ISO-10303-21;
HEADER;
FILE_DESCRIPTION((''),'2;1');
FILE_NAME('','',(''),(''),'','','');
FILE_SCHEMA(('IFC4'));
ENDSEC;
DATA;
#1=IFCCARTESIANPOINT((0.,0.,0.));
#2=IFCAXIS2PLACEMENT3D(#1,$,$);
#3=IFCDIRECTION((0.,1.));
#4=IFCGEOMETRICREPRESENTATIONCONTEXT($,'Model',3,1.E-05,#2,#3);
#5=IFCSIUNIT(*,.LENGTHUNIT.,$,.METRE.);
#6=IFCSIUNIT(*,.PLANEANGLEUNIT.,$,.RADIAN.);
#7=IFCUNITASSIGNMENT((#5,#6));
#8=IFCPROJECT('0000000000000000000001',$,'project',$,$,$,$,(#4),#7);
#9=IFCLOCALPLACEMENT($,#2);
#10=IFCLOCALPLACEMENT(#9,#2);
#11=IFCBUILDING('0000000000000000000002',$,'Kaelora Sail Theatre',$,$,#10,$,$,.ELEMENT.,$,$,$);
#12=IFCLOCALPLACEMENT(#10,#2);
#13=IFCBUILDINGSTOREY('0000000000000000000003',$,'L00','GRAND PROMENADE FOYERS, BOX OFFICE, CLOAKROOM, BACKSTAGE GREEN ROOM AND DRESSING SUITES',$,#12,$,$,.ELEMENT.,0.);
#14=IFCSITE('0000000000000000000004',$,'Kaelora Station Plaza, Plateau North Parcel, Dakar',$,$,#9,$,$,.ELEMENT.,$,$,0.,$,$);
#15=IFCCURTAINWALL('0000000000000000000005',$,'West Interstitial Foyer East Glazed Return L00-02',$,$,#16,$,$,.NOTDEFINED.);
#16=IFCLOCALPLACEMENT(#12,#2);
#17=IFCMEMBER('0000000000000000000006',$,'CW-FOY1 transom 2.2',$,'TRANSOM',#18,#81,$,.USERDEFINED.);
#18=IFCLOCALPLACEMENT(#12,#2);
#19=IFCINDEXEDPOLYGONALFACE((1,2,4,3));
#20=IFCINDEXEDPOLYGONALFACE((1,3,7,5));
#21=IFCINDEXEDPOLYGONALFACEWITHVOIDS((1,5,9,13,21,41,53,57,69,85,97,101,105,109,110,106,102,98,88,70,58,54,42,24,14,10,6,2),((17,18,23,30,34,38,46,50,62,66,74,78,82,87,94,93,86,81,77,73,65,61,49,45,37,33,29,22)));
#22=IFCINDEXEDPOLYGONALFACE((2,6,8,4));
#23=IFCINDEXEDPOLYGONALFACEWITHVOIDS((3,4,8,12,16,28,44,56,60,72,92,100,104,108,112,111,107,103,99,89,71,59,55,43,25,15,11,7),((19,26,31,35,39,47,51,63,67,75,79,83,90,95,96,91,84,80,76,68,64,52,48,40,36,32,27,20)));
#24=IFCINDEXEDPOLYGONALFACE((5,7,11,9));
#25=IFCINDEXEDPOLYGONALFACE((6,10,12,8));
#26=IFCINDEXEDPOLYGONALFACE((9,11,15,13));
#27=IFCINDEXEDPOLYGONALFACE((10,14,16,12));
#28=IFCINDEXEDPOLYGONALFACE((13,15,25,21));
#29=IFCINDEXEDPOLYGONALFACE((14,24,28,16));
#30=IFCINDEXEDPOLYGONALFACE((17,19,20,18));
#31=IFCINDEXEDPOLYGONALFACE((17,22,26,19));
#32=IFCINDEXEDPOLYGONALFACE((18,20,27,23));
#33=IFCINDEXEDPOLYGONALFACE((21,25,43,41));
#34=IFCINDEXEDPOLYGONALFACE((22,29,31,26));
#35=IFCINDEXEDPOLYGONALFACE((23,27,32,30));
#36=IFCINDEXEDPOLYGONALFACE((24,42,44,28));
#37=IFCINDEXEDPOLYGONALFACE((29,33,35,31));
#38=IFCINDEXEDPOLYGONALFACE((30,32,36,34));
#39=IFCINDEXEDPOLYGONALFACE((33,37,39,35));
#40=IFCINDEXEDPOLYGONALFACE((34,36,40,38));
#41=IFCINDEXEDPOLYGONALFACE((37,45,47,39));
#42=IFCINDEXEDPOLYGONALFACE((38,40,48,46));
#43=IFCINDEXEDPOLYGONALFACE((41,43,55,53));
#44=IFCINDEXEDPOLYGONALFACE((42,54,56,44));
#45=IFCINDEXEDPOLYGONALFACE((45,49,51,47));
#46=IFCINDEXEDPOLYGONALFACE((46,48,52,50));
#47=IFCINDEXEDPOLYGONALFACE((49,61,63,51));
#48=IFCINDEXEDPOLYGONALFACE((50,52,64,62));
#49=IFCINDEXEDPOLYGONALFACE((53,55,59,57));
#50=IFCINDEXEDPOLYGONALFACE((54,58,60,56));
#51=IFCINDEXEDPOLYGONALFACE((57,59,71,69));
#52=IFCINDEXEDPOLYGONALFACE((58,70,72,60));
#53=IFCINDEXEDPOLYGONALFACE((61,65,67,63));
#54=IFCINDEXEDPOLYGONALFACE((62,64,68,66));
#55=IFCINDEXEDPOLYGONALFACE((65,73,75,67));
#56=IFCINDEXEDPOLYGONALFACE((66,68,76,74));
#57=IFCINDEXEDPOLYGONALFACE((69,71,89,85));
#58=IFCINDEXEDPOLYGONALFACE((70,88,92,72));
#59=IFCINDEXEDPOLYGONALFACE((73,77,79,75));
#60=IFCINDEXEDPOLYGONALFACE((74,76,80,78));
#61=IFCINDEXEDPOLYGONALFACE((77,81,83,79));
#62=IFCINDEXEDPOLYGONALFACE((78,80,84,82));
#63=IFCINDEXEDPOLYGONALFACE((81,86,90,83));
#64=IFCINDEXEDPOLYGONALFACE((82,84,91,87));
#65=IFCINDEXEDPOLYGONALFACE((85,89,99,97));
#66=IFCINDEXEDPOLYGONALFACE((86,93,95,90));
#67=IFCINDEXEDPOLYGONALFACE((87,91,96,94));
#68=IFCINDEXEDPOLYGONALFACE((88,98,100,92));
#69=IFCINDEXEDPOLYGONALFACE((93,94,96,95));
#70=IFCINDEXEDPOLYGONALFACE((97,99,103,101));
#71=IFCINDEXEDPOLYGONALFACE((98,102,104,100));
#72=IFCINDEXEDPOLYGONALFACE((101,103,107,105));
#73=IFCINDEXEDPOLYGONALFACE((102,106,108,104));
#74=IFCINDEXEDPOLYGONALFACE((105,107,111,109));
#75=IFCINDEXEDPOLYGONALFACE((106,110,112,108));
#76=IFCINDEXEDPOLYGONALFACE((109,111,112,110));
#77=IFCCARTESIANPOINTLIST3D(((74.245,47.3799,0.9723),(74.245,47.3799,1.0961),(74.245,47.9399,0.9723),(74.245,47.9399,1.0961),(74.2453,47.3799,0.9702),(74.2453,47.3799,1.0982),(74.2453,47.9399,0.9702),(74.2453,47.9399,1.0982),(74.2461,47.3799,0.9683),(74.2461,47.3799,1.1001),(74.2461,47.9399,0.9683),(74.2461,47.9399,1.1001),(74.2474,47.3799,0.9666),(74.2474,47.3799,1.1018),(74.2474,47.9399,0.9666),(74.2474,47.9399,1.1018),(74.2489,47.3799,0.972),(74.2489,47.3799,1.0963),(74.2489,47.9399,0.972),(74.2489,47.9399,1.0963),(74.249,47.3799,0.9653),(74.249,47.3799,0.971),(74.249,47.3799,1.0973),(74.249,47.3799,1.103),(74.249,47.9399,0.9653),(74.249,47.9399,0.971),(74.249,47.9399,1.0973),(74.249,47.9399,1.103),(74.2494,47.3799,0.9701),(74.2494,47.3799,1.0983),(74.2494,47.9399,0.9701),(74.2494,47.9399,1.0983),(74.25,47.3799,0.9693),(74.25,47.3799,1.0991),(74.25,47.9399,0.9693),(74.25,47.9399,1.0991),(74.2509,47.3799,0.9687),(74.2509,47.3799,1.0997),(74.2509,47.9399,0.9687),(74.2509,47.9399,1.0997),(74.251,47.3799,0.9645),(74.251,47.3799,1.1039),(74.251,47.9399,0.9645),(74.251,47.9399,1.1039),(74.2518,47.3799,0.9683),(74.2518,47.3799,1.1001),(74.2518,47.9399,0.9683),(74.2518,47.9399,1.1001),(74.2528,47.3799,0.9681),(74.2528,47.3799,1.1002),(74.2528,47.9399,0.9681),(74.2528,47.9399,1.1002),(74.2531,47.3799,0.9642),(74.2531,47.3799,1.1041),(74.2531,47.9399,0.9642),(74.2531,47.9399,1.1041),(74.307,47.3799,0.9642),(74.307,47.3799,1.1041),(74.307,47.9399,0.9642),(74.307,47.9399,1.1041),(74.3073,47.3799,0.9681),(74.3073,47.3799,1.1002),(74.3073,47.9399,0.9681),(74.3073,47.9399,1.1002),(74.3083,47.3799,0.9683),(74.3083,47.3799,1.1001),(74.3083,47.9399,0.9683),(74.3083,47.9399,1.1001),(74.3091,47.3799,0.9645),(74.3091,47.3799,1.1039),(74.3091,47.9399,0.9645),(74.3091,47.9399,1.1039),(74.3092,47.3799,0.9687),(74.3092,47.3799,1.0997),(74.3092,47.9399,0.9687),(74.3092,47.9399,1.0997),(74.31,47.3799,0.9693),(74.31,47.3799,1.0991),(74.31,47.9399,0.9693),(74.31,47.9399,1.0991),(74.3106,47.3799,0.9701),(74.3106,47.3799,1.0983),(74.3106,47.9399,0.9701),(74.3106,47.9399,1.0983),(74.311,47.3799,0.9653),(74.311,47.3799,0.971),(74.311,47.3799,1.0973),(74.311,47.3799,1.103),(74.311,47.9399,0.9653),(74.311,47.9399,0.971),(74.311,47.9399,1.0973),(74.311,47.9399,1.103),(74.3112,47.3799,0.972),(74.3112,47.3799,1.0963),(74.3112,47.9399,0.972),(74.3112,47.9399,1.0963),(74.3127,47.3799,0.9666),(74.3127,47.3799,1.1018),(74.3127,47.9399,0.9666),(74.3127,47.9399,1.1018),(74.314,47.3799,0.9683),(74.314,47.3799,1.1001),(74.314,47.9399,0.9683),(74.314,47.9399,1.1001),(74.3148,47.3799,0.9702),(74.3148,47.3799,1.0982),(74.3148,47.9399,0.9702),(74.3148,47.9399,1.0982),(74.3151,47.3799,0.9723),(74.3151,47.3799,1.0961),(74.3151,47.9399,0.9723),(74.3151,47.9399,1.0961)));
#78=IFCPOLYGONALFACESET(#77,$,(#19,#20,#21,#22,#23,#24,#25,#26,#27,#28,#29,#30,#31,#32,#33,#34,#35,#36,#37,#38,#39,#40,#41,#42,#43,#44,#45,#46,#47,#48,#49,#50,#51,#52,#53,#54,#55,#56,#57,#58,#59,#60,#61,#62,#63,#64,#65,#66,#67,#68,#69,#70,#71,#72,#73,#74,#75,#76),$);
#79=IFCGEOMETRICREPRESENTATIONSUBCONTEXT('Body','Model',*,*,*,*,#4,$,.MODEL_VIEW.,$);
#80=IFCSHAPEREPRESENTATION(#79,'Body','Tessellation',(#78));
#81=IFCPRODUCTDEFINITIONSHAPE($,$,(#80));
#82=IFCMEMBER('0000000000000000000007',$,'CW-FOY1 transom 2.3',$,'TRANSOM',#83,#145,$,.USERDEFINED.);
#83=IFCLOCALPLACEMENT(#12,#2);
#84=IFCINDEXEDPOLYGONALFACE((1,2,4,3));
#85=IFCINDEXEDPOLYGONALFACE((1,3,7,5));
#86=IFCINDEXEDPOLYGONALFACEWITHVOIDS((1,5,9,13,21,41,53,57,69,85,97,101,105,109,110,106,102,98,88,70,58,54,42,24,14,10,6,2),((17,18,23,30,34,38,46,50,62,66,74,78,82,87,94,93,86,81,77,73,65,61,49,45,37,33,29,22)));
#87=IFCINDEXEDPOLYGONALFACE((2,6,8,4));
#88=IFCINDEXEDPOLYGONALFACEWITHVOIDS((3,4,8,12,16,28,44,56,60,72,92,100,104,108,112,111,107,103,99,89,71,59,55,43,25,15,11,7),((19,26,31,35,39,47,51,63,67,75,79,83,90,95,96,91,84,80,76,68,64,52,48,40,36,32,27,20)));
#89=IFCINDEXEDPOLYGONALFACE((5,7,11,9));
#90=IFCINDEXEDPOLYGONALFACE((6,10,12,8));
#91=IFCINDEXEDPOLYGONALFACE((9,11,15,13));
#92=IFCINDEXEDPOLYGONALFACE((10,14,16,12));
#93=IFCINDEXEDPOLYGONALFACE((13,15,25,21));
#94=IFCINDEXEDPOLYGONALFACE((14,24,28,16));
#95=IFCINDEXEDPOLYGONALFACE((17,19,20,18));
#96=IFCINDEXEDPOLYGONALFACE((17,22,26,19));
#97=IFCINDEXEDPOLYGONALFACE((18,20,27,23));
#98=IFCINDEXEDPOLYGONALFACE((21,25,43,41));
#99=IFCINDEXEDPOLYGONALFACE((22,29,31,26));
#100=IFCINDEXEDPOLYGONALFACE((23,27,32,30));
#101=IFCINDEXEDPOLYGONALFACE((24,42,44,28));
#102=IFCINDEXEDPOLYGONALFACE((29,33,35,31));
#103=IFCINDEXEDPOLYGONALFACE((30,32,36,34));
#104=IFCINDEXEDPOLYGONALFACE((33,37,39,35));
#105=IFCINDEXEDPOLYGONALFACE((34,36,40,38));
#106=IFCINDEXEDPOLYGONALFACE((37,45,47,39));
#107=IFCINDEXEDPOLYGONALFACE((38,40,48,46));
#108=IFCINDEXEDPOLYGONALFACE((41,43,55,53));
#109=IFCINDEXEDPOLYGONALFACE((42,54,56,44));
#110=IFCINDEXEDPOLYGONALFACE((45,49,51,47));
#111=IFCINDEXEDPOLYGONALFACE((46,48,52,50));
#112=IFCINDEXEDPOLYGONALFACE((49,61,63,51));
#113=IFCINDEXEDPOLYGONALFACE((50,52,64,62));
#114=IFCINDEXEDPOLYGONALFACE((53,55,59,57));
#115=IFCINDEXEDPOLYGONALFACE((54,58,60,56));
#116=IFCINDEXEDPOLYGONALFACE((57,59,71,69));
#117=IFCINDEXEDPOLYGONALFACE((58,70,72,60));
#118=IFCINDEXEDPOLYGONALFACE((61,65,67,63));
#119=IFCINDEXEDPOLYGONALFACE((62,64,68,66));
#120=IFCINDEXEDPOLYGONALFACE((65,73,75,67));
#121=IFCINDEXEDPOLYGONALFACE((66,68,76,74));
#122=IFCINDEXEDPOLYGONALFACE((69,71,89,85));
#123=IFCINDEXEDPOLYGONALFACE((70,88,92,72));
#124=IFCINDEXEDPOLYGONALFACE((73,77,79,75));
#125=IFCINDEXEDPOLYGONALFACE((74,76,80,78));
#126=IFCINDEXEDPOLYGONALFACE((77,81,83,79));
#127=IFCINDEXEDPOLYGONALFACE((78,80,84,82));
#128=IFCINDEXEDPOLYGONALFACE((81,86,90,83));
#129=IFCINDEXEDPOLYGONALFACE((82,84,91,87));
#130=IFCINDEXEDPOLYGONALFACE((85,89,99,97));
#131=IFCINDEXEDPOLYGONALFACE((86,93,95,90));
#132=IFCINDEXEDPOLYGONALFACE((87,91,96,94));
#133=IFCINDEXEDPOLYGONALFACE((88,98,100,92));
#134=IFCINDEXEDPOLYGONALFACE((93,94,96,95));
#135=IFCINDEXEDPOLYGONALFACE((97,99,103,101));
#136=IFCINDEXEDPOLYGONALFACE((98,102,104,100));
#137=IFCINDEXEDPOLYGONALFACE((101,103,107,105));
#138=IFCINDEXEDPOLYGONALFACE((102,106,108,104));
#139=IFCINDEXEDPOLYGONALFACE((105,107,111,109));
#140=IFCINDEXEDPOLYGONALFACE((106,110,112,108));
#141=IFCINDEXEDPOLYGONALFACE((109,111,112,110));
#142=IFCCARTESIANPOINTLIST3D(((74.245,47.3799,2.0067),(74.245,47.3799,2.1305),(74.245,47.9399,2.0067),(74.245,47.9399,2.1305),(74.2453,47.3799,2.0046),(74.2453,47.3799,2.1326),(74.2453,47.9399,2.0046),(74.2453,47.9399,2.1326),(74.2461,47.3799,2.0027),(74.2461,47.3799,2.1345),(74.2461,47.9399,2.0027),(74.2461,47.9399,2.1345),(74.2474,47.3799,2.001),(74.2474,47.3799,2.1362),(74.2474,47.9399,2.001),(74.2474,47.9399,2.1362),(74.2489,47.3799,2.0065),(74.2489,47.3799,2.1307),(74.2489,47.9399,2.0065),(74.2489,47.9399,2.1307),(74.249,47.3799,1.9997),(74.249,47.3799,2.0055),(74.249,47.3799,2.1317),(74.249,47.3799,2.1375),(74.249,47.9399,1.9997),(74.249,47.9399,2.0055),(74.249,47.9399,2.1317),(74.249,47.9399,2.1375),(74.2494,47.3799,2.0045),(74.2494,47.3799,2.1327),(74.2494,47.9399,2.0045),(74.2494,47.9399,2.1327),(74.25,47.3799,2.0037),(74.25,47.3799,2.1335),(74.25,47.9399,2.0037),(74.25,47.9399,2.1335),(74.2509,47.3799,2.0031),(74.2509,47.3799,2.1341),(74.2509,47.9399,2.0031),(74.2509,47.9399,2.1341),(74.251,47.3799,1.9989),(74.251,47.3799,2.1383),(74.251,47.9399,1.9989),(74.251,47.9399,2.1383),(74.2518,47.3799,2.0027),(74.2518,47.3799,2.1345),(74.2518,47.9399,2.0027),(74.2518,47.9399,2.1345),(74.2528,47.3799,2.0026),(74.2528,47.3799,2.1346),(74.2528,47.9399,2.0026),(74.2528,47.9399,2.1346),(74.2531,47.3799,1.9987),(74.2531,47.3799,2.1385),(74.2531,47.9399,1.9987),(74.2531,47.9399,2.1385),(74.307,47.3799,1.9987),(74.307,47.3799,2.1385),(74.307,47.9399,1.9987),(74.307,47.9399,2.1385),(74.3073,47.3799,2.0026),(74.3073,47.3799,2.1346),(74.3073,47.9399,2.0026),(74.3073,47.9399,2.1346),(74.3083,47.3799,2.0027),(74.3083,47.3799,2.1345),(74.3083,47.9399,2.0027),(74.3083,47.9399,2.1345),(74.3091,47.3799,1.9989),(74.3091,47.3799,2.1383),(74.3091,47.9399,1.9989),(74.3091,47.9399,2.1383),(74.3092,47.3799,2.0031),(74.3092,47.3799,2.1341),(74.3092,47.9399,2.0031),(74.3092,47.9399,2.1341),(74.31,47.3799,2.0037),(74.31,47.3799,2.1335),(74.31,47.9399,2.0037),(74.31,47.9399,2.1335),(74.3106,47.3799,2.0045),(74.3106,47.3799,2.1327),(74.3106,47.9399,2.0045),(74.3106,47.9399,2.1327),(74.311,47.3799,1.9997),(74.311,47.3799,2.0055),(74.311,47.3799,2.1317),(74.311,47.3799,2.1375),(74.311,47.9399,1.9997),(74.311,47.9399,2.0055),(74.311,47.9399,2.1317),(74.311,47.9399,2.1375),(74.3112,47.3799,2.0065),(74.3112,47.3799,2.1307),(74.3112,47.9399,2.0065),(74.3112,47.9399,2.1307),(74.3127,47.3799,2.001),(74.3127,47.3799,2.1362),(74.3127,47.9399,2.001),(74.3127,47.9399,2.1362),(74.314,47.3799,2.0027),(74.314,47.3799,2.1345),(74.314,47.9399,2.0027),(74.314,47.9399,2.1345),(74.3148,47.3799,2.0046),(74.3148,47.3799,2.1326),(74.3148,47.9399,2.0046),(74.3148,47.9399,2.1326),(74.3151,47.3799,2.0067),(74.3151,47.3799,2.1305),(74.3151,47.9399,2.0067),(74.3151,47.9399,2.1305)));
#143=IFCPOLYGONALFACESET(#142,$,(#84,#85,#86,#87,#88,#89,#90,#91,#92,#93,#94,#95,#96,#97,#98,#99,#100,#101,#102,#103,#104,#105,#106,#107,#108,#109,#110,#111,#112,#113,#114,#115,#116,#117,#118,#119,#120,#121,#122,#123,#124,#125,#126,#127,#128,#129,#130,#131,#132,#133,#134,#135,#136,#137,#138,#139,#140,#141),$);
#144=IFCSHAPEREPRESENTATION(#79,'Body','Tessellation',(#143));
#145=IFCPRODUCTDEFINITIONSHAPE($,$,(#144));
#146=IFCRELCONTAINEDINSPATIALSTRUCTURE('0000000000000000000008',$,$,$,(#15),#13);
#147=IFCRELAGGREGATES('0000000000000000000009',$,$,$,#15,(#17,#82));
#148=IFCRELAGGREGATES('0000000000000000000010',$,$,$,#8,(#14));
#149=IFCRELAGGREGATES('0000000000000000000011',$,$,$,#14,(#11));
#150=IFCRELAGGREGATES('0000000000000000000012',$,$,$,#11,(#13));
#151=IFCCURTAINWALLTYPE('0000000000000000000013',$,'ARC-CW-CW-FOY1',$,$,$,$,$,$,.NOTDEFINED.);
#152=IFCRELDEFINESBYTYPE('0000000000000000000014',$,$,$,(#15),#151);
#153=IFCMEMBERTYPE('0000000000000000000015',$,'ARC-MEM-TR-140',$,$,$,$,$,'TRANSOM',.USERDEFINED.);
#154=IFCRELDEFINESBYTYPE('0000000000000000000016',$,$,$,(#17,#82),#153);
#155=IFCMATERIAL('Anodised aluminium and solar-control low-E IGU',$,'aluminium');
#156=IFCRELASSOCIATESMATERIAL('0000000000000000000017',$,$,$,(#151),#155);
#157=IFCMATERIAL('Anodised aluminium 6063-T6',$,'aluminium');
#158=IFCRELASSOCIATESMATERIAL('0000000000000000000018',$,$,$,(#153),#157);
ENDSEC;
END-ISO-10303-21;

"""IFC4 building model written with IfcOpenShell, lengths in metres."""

from ifc_helpers import new_model, si_unit, direction, frame, origin, origin_2d, place, context, subcontext, project, spatial, hollow_rectangle, extrude, material, material_profile, profile_set, type_object, element, aggregate, save


model = new_model("IFC4")

# Units and contexts
model_context = context("Model", 3, precision=1e-05, world=origin(), true_north=direction((0.0, 1.0)))
body_context = subcontext(model_context, "Body", "Model", "MODEL_VIEW")
ifc_project = project(units=[si_unit("LENGTHUNIT", "METRE"), si_unit("PLANEANGLEUNIT", "RADIAN")], contexts=[model_context])

# Site, building, storey
site_placement = place(None, origin())
site = spatial("IfcSite", under=ifc_project, at=site_placement, Name="Kaelora Station Plaza, Plateau North Parcel, Dakar", CompositionType="ELEMENT", RefElevation=0.0)
building_placement = place(site_placement, origin())
building = spatial("IfcBuilding", under=site, at=building_placement, Name="Kaelora Sail Theatre", CompositionType="ELEMENT")
storey_placement = place(building_placement, origin())
storey = spatial("IfcBuildingStorey", under=building, at=storey_placement, Name="L00", Description="GRAND PROMENADE FOYERS, BOX OFFICE, CLOAKROOM, BACKSTAGE GREEN ROOM AND DRESSING SUITES", CompositionType="ELEMENT", Elevation=0.0)

# Curtain wall
ifc_material_1 = material(Name="Anodised aluminium and solar-control low-E IGU", Category="aluminium")
curtain_wall_type = type_object("IfcCurtainWallType", Name="ARC-CW-CW-FOY1", PredefinedType="NOTDEFINED", material=ifc_material_1)
curtain_wall_1_placement = place(storey_placement, origin())
curtain_wall_1 = element("IfcCurtainWall", 1, at=curtain_wall_1_placement, inside=storey, type_object=curtain_wall_type, Name="West Interstitial Foyer East Glazed Return L00-02", PredefinedType="NOTDEFINED")

# Members
ifc_material_2 = material(Name="Anodised aluminium 6063-T6", Category="aluminium")
ifc_material_profile_1 = material_profile(ifc_material_2, hollow_rectangle(XDim=0.0701, YDim=0.1399, WallThickness=0.0039, InnerFilletRadius=0.0039, OuterFilletRadius=0.0081, at=origin_2d()), Name="ALU-TRAN 70x140x4")
ifc_profile_set_1 = profile_set([ifc_material_profile_1], Name="Anodised aluminium 6063-T6")
member_type_1 = type_object("IfcMemberType", Name="ARC-MEM-TR-140", ElementType="TRANSOM", PredefinedType="USERDEFINED", material=ifc_profile_set_1)
member_1_placement = place(storey_placement, frame((74.28, 47.3799, 1.0342), z_axis=(0.0, 1.0, 0.0), x_axis=(-1.0, 0.0, 0.0)))
member_1 = element("IfcMember", 2, at=member_1_placement, type_object=member_type_1, Name="CW-FOY1 transom 2.2", ObjectType="TRANSOM", PredefinedType="USERDEFINED", context=body_context, shape_type="SweptSolid", body=[
    extrude(hollow_rectangle(XDim=0.0701, YDim=0.1399, WallThickness=0.0039, InnerFilletRadius=0.0039, OuterFilletRadius=0.0081, at=origin_2d()), origin(), (0.0, 0.0, 1.0), 0.5601),
])
member_2_placement = place(storey_placement, frame((74.28, 47.3799, 2.0686), z_axis=(0.0, 1.0, 0.0), x_axis=(-1.0, 0.0, 0.0)))
member_2 = element("IfcMember", 3, at=member_2_placement, type_object=member_type_1, Name="CW-FOY1 transom 2.3", ObjectType="TRANSOM", PredefinedType="USERDEFINED", context=body_context, shape_type="SweptSolid", body=[
    extrude(hollow_rectangle(XDim=0.0701, YDim=0.1399, WallThickness=0.0039, InnerFilletRadius=0.0039, OuterFilletRadius=0.0081, at=origin_2d()), origin(), (0.0, 0.0, 1.0), 0.5601),
])

aggregate(curtain_wall_1, [member_1, member_2])

save(model, "model.ifc")
